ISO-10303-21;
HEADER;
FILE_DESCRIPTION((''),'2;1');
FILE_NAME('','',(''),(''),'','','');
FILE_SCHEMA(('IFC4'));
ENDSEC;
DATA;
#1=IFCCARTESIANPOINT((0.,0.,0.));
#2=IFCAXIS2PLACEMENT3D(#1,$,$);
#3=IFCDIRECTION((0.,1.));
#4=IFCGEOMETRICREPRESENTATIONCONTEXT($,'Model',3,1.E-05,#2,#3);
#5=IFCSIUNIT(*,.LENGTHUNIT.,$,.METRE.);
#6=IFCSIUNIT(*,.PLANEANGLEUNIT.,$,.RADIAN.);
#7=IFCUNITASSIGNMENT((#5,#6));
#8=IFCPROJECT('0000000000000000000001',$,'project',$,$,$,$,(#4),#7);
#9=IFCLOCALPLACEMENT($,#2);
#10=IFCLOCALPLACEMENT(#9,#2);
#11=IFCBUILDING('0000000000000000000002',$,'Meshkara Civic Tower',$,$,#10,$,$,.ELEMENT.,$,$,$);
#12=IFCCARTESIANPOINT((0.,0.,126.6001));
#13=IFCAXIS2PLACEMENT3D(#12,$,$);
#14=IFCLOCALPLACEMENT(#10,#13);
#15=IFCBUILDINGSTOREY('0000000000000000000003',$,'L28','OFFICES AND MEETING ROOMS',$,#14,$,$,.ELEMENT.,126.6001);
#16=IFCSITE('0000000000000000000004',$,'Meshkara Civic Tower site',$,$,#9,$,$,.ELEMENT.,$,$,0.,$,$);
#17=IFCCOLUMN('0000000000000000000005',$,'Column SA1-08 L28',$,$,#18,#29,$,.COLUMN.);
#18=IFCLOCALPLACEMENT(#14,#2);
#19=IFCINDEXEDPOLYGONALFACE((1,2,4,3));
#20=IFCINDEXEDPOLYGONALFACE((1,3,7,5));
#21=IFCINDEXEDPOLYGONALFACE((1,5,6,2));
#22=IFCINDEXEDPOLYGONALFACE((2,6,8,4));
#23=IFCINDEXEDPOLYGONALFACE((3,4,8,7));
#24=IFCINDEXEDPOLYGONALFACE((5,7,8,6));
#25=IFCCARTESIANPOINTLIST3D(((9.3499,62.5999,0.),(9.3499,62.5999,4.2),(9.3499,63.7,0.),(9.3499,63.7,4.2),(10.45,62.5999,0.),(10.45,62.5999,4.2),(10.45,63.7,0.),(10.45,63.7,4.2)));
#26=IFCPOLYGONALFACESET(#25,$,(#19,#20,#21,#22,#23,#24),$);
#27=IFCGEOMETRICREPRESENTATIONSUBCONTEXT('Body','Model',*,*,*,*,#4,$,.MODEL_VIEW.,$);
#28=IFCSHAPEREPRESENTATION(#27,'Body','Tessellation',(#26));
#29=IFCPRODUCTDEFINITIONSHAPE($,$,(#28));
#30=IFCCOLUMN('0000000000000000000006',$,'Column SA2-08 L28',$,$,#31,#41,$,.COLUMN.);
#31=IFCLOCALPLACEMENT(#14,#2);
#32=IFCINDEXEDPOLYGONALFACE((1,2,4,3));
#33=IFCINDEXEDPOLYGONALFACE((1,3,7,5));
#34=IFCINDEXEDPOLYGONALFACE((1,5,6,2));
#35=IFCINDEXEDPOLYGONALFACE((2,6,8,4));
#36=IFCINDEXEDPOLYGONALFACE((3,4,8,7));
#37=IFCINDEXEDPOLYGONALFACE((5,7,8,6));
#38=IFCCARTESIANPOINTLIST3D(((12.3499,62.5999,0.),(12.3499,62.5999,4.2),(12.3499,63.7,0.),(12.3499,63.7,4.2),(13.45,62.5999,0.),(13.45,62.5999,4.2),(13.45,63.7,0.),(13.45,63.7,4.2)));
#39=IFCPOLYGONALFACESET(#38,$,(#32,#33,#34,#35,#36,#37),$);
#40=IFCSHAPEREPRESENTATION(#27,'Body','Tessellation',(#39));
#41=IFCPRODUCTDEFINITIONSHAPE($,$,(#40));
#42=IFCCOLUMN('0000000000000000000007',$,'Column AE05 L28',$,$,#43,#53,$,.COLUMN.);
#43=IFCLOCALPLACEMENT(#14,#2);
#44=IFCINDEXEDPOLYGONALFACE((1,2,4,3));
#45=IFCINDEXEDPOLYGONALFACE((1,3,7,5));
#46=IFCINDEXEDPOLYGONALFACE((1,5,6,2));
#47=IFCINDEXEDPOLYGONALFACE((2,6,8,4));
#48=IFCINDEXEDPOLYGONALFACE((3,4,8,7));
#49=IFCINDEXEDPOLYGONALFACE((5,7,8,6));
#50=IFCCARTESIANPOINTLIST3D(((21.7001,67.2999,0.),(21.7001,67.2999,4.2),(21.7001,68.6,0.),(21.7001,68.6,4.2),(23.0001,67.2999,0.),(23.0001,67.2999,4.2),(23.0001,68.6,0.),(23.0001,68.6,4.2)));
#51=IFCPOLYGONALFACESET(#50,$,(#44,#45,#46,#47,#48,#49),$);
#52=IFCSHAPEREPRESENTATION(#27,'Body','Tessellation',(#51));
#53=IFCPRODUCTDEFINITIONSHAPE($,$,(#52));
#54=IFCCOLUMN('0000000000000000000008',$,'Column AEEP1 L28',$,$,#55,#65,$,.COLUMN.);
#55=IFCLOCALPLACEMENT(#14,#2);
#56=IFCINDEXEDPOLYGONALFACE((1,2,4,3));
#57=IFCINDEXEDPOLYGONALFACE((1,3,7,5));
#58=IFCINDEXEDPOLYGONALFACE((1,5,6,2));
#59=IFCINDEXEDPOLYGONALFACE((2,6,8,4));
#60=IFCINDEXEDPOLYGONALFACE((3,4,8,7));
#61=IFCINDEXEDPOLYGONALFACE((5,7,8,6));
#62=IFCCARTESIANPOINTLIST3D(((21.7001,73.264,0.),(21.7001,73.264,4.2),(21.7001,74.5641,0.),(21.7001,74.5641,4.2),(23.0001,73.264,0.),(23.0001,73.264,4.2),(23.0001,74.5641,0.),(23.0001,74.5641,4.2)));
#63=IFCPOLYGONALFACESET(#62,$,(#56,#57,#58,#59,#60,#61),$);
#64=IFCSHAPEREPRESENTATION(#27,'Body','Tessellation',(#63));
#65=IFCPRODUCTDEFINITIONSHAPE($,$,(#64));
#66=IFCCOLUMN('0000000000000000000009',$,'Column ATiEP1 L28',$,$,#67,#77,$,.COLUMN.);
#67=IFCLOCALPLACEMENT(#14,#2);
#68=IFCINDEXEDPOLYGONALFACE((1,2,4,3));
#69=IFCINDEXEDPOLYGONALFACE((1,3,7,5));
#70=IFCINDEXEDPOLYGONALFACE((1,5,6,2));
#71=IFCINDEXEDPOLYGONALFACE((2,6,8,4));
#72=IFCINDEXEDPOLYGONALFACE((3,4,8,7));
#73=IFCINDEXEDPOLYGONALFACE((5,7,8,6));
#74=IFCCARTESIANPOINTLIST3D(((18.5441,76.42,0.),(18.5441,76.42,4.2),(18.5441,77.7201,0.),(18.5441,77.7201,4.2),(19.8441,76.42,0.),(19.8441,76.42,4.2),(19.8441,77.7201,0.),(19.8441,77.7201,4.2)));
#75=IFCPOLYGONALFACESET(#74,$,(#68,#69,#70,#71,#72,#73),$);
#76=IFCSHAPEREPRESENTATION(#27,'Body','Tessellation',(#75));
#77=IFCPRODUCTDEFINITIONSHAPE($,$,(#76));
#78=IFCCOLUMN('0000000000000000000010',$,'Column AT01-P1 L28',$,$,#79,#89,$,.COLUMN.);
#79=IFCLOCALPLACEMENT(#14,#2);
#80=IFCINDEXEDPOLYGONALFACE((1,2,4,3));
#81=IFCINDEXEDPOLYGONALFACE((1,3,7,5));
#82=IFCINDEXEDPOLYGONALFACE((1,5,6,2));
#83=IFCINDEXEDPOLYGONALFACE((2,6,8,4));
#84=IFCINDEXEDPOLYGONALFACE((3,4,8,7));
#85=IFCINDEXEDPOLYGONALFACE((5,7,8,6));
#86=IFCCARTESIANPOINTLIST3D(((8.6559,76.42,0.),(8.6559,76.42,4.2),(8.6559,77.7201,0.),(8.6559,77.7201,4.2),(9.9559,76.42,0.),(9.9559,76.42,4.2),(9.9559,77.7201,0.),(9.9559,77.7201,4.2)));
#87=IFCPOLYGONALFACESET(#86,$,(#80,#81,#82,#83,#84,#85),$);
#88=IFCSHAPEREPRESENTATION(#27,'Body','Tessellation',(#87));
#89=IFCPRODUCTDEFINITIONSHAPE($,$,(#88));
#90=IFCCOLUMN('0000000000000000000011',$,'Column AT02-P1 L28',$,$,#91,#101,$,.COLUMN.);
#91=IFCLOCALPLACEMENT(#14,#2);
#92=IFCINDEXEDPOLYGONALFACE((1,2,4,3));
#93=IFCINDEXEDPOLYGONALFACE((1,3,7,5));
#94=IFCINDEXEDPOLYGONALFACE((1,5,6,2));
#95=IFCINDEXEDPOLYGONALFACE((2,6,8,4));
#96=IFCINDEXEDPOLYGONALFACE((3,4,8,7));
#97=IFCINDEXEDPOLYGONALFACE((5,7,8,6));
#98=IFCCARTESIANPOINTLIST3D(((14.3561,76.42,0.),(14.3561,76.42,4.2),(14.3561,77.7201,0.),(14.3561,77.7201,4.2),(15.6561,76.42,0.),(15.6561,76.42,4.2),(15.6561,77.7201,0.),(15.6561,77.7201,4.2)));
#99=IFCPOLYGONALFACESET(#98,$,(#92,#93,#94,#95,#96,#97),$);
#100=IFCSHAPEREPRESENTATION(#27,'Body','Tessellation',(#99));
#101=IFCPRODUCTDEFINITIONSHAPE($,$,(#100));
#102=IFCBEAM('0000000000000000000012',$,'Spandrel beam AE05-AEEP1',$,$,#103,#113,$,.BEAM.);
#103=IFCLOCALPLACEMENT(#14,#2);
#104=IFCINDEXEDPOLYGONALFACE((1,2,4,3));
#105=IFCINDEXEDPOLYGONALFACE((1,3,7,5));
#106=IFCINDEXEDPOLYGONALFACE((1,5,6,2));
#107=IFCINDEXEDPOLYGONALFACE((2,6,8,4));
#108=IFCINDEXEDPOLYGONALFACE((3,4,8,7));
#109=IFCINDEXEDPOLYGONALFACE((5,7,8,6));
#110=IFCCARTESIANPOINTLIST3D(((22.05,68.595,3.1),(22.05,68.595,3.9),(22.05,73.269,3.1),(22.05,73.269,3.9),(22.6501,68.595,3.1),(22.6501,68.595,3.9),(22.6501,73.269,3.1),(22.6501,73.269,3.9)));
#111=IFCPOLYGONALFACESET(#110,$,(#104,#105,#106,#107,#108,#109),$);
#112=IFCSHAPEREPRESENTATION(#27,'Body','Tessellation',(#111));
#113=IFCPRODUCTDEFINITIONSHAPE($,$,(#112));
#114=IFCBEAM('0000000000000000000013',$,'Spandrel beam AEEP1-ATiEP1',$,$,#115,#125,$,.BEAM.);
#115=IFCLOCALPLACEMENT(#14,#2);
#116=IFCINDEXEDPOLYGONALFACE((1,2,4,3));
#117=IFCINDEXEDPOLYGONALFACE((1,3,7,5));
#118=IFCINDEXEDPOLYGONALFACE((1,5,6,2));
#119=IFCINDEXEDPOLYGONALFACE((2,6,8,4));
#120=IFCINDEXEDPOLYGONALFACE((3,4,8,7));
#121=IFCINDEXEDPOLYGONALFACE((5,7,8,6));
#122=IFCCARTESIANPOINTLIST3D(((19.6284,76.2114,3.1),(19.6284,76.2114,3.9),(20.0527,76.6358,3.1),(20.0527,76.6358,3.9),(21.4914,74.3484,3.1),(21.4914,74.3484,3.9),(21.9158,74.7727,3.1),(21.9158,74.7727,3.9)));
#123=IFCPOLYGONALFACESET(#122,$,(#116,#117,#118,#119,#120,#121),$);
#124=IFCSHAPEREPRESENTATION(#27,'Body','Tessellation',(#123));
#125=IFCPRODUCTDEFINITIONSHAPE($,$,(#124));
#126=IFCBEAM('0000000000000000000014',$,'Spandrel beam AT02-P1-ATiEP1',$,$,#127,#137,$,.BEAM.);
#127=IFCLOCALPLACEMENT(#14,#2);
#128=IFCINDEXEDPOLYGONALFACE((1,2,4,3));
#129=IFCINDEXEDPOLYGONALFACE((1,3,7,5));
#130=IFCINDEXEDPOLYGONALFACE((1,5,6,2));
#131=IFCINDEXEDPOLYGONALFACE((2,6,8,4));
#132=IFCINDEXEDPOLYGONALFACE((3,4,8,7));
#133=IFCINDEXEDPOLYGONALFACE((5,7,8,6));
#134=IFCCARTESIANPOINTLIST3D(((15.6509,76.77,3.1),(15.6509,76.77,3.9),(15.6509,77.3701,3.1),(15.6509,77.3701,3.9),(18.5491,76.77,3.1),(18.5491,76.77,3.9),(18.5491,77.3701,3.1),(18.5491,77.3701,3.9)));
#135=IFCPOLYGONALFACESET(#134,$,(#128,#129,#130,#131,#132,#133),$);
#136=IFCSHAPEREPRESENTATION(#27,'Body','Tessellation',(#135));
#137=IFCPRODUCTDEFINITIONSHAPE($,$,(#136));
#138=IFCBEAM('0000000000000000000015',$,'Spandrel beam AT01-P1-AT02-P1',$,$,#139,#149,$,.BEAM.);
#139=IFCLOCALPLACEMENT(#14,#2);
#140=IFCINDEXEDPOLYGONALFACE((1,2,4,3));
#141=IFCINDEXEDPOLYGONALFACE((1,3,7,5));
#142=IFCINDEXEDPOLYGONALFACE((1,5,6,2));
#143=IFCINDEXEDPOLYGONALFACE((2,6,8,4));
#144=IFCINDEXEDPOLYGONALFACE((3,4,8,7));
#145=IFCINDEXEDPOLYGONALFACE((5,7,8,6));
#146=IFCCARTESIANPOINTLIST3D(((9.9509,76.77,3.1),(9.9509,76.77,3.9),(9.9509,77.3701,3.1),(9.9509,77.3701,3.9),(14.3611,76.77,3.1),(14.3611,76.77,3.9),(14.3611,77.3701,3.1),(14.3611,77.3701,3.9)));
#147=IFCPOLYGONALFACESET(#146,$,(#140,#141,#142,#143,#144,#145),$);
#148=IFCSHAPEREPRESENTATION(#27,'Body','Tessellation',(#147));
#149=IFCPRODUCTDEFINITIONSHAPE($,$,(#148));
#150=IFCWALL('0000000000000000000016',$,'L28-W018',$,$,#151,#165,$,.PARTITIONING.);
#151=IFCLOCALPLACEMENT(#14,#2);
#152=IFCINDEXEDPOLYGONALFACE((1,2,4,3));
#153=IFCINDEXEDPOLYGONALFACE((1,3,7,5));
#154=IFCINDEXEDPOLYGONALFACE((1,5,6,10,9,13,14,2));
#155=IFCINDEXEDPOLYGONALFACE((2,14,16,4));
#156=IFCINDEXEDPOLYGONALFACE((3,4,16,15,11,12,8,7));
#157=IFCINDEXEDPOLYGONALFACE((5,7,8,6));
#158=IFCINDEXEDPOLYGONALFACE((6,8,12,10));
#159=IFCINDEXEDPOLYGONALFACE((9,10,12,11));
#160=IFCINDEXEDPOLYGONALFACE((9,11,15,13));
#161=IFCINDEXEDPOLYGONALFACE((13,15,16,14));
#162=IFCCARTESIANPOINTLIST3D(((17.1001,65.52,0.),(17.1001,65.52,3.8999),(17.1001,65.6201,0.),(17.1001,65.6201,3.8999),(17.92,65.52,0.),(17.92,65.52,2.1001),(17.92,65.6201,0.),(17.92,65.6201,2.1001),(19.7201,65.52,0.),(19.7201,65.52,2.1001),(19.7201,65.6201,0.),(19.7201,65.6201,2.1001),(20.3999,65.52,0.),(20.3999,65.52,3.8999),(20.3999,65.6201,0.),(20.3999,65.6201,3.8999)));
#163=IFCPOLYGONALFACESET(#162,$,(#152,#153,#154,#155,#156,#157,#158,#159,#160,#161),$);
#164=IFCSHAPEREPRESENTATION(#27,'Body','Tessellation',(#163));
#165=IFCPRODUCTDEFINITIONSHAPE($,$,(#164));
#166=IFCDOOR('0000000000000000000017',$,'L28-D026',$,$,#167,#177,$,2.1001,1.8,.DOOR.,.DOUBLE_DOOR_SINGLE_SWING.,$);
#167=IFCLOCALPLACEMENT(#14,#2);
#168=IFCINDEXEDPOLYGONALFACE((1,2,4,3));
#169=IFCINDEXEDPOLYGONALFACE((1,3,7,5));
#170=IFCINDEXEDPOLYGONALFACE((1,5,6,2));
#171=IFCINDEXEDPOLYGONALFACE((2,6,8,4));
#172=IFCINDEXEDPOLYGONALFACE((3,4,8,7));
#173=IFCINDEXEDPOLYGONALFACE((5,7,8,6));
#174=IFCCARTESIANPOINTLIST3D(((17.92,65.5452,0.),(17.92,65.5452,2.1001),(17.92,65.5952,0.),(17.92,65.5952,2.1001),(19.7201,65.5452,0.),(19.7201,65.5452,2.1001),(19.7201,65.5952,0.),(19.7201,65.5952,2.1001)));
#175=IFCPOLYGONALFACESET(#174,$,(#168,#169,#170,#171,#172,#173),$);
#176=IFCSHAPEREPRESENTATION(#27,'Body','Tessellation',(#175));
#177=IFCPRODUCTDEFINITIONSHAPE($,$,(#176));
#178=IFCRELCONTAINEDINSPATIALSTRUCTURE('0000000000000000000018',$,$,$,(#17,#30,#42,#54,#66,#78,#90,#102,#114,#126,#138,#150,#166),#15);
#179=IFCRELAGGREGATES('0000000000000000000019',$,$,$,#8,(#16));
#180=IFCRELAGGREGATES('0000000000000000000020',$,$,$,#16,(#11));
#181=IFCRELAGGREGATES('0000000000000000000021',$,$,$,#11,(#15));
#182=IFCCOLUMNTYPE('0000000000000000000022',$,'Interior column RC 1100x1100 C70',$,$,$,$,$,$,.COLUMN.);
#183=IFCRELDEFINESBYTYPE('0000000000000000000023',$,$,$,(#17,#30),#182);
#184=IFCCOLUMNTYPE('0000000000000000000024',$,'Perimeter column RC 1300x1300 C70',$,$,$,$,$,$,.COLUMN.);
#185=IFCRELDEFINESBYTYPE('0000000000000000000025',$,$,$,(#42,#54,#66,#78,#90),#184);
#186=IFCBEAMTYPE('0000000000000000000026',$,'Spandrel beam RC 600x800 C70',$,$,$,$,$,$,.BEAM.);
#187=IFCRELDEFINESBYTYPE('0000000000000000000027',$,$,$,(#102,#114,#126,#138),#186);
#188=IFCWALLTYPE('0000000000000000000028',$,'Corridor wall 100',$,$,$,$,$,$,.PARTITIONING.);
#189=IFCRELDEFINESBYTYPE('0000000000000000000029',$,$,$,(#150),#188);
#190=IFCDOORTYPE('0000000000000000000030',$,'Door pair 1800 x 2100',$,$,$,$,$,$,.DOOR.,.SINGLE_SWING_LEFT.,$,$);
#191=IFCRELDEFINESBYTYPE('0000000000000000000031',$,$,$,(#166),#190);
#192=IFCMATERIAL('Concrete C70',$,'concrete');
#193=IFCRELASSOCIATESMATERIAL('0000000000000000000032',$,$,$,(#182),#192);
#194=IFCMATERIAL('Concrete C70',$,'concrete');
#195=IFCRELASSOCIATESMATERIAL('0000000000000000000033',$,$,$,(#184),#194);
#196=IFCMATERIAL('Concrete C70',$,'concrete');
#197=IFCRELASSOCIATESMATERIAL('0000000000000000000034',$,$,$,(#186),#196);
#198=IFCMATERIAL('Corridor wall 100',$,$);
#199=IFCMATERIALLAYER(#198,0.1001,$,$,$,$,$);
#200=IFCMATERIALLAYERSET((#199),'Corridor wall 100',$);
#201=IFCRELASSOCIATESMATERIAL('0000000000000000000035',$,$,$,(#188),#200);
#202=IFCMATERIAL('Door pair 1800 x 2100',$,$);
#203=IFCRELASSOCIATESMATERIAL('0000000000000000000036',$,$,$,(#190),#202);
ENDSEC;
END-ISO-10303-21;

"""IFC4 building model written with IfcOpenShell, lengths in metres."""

from ifc_helpers import new_model, si_unit, direction, frame, frame_2d, origin, origin_2d, place, context, subcontext, project, spatial, rectangle, extrude, material, layer, layer_set, material_profile, profile_set, type_object, element, fill, save


model = new_model("IFC4")

# Units and contexts
model_context = context("Model", 3, precision=1e-05, world=origin(), true_north=direction((0.0, 1.0)))
body_context = subcontext(model_context, "Body", "Model", "MODEL_VIEW")
ifc_project = project(units=[si_unit("LENGTHUNIT", "METRE"), si_unit("PLANEANGLEUNIT", "RADIAN")], contexts=[model_context])

# Site, building, storey
site_placement = place(None, origin())
site = spatial("IfcSite", under=ifc_project, at=site_placement, Name="Meshkara Civic Tower site", CompositionType="ELEMENT", RefElevation=0.0)
building_placement = place(site_placement, origin())
building = spatial("IfcBuilding", under=site, at=building_placement, Name="Meshkara Civic Tower", CompositionType="ELEMENT")
storey_placement = place(building_placement, frame((0.0, 0.0, 126.6001)))
storey = spatial("IfcBuildingStorey", under=building, at=storey_placement, Name="L28", Description="OFFICES AND MEETING ROOMS", CompositionType="ELEMENT", Elevation=126.6001)

# Columns
ifc_material_1 = material(Name="Concrete C70", Category="concrete")
ifc_material_profile_1 = material_profile(ifc_material_1, rectangle(XDim=1.1001, YDim=1.1001, at=origin_2d()))
ifc_profile_set_1 = profile_set([ifc_material_profile_1], Name="Concrete C70")
column_type_1 = type_object("IfcColumnType", Name="Interior column RC 1100x1100 C70", PredefinedType="COLUMN", material=ifc_profile_set_1)
for number, where, z_axis, x_axis, name in (
    (1, (9.8999, 63.1499, 0.0), (0.0, 0.0, 1.0), (1.0, 0.0, 0.0), "Column SA1-08 L28"),
    (2, (12.8999, 63.1499, 0.0), (0.0, 0.0, 1.0), (1.0, 0.0, 0.0), "Column SA2-08 L28"),
):
    element("IfcColumn", number, at=place(storey_placement, frame(where, z_axis=z_axis, x_axis=x_axis)), inside=storey, type_object=column_type_1, Name=name, PredefinedType="COLUMN", context=body_context, shape_type="SweptSolid", body=[
        extrude(rectangle(XDim=1.1001, YDim=1.1001, at=origin_2d()), origin(), (0.0, 0.0, 1.0), 4.2),
    ])
ifc_material_2 = material(Name="Concrete C70", Category="concrete")
ifc_material_profile_2 = material_profile(ifc_material_2, rectangle(XDim=1.3, YDim=1.3, at=origin_2d()))
ifc_profile_set_2 = profile_set([ifc_material_profile_2], Name="Concrete C70")
column_type_2 = type_object("IfcColumnType", Name="Perimeter column RC 1300x1300 C70", PredefinedType="COLUMN", material=ifc_profile_set_2)
for number, where, z_axis, x_axis, name in (
    (3, (22.3501, 67.95, 0.0), (0.0, 0.0, 1.0), (1.0, 0.0, 0.0), "Column AE05 L28"),
    (4, (22.3501, 73.9141, 0.0), (0.0, 0.0, 1.0), (1.0, 0.0, 0.0), "Column AEEP1 L28"),
    (5, (19.1941, 77.0701, 0.0), (0.0, 0.0, 1.0), (1.0, 0.0, 0.0), "Column ATiEP1 L28"),
    (6, (9.3059, 77.0701, 0.0), (0.0, 0.0, 1.0), (1.0, 0.0, 0.0), "Column AT01-P1 L28"),
    (7, (15.0061, 77.0701, 0.0), (0.0, 0.0, 1.0), (1.0, 0.0, 0.0), "Column AT02-P1 L28"),
):
    element("IfcColumn", number, at=place(storey_placement, frame(where, z_axis=z_axis, x_axis=x_axis)), inside=storey, type_object=column_type_2, Name=name, PredefinedType="COLUMN", context=body_context, shape_type="SweptSolid", body=[
        extrude(rectangle(XDim=1.3, YDim=1.3, at=origin_2d()), origin(), (0.0, 0.0, 1.0), 4.2),
    ])

# Beams
ifc_material_3 = material(Name="Concrete C70", Category="concrete")
ifc_material_profile_3 = material_profile(ifc_material_3, rectangle(XDim=0.6001, YDim=0.8, at=origin_2d()))
ifc_profile_set_3 = profile_set([ifc_material_profile_3], Name="Concrete C70")
beam_type = type_object("IfcBeamType", Name="Spandrel beam RC 600x800 C70", PredefinedType="BEAM", material=ifc_profile_set_3)
beam_1_placement = place(storey_placement, frame((22.3501, 68.595, 3.5), z_axis=(0.0, 1.0, 0.0), x_axis=(-1.0, 0.0, 0.0)))
element("IfcBeam", 8, at=beam_1_placement, inside=storey, type_object=beam_type, Name="Spandrel beam AE05-AEEP1", PredefinedType="BEAM", context=body_context, shape_type="SweptSolid", body=[
    extrude(rectangle(XDim=0.6001, YDim=0.8, at=origin_2d()), origin(), (0.0, 0.0, 1.0), 4.6741),
])
beam_2_placement = place(storey_placement, frame((21.7036, 74.5605, 3.5), z_axis=(-0.707107, 0.707107, 0.0), x_axis=(-0.707107, -0.707107, 0.0)))
element("IfcBeam", 9, at=beam_2_placement, inside=storey, type_object=beam_type, Name="Spandrel beam AEEP1-ATiEP1", PredefinedType="BEAM", context=body_context, shape_type="SweptSolid", body=[
    extrude(rectangle(XDim=0.6001, YDim=0.8, at=origin_2d()), origin(), (0.0, 0.0, 1.0), 2.6348),
])
beam_3_placement = place(storey_placement, frame((18.5491, 77.0701, 3.5), z_axis=(-1.0, 0.0, 0.0), x_axis=(0.0, -1.0, 0.0)))
element("IfcBeam", 10, at=beam_3_placement, inside=storey, type_object=beam_type, Name="Spandrel beam AT02-P1-ATiEP1", PredefinedType="BEAM", context=body_context, shape_type="SweptSolid", body=[
    extrude(rectangle(XDim=0.6001, YDim=0.8, at=origin_2d()), origin(), (0.0, 0.0, 1.0), 2.8982),
])
beam_4_placement = place(storey_placement, frame((14.3611, 77.0701, 3.5), z_axis=(-1.0, 0.0, 0.0), x_axis=(0.0, -1.0, 0.0)))
element("IfcBeam", 11, at=beam_4_placement, inside=storey, type_object=beam_type, Name="Spandrel beam AT01-P1-AT02-P1", PredefinedType="BEAM", context=body_context, shape_type="SweptSolid", body=[
    extrude(rectangle(XDim=0.6001, YDim=0.8, at=origin_2d()), origin(), (0.0, 0.0, 1.0), 4.4102),
])

# Wall, opening, door
ifc_material_4 = material(Name="Corridor wall 100")
ifc_layer_1 = layer(ifc_material_4, 0.1001)
ifc_layer_set_1 = layer_set([ifc_layer_1], Name="Corridor wall 100")
wall_type_1 = type_object("IfcWallType", Name="Corridor wall 100", PredefinedType="PARTITIONING", material=ifc_layer_set_1)
wall_1_placement = place(storey_placement, frame((20.3999, 65.5701, 0.0), z_axis=(0.0, 0.0, 1.0), x_axis=(-1.0, 0.0, 0.0)))
wall_1 = element("IfcWall", 12, at=wall_1_placement, inside=storey, type_object=wall_type_1, Name="L28-W018", PredefinedType="PARTITIONING", context=body_context, shape_type="SweptSolid", body=[
    extrude(rectangle(XDim=3.2998, YDim=0.1001, at=frame_2d((1.6499, 0.0))), origin(), (0.0, 0.0, 1.0), 3.8999),
])
opening_1_placement = place(wall_1_placement, frame((0.6799, 0.0, 0.0)))
opening_1 = element("IfcOpeningElement", 13, at=opening_1_placement, cuts=wall_1, PredefinedType="OPENING", context=body_context, shape_type="SweptSolid", body=[
    extrude(rectangle(XDim=1.8, YDim=2.1001, at=frame_2d((0.8999, 1.05))), frame((0.0, 0.0601, 0.0), z_axis=(0.0, -1.0, 0.0), x_axis=(1.0, 0.0, 0.0)), (0.0, 0.0, 1.0), 0.1201),
])
ifc_material_5 = material(Name="Door pair 1800 x 2100")
door_type_1 = type_object("IfcDoorType", Name="Door pair 1800 x 2100", OperationType="SINGLE_SWING_LEFT", PredefinedType="DOOR", material=ifc_material_5)
door_1_placement = place(opening_1_placement, origin())
door_1 = element("IfcDoor", 14, at=door_1_placement, inside=storey, type_object=door_type_1, Name="L28-D026", OperationType="DOUBLE_DOOR_SINGLE_SWING", OverallHeight=2.1001, OverallWidth=1.8, PredefinedType="DOOR", context=body_context, shape_type="SweptSolid", body=[
    extrude(rectangle(XDim=1.8, YDim=2.1001, at=frame_2d((0.8999, 1.05))), frame((0.0, 0.0249, 0.0), z_axis=(0.0, -1.0, 0.0), x_axis=(1.0, 0.0, 0.0)), (0.0, 0.0, 1.0), 0.05),
])
fill(opening_1, door_1)

save(model, "model.ifc")
